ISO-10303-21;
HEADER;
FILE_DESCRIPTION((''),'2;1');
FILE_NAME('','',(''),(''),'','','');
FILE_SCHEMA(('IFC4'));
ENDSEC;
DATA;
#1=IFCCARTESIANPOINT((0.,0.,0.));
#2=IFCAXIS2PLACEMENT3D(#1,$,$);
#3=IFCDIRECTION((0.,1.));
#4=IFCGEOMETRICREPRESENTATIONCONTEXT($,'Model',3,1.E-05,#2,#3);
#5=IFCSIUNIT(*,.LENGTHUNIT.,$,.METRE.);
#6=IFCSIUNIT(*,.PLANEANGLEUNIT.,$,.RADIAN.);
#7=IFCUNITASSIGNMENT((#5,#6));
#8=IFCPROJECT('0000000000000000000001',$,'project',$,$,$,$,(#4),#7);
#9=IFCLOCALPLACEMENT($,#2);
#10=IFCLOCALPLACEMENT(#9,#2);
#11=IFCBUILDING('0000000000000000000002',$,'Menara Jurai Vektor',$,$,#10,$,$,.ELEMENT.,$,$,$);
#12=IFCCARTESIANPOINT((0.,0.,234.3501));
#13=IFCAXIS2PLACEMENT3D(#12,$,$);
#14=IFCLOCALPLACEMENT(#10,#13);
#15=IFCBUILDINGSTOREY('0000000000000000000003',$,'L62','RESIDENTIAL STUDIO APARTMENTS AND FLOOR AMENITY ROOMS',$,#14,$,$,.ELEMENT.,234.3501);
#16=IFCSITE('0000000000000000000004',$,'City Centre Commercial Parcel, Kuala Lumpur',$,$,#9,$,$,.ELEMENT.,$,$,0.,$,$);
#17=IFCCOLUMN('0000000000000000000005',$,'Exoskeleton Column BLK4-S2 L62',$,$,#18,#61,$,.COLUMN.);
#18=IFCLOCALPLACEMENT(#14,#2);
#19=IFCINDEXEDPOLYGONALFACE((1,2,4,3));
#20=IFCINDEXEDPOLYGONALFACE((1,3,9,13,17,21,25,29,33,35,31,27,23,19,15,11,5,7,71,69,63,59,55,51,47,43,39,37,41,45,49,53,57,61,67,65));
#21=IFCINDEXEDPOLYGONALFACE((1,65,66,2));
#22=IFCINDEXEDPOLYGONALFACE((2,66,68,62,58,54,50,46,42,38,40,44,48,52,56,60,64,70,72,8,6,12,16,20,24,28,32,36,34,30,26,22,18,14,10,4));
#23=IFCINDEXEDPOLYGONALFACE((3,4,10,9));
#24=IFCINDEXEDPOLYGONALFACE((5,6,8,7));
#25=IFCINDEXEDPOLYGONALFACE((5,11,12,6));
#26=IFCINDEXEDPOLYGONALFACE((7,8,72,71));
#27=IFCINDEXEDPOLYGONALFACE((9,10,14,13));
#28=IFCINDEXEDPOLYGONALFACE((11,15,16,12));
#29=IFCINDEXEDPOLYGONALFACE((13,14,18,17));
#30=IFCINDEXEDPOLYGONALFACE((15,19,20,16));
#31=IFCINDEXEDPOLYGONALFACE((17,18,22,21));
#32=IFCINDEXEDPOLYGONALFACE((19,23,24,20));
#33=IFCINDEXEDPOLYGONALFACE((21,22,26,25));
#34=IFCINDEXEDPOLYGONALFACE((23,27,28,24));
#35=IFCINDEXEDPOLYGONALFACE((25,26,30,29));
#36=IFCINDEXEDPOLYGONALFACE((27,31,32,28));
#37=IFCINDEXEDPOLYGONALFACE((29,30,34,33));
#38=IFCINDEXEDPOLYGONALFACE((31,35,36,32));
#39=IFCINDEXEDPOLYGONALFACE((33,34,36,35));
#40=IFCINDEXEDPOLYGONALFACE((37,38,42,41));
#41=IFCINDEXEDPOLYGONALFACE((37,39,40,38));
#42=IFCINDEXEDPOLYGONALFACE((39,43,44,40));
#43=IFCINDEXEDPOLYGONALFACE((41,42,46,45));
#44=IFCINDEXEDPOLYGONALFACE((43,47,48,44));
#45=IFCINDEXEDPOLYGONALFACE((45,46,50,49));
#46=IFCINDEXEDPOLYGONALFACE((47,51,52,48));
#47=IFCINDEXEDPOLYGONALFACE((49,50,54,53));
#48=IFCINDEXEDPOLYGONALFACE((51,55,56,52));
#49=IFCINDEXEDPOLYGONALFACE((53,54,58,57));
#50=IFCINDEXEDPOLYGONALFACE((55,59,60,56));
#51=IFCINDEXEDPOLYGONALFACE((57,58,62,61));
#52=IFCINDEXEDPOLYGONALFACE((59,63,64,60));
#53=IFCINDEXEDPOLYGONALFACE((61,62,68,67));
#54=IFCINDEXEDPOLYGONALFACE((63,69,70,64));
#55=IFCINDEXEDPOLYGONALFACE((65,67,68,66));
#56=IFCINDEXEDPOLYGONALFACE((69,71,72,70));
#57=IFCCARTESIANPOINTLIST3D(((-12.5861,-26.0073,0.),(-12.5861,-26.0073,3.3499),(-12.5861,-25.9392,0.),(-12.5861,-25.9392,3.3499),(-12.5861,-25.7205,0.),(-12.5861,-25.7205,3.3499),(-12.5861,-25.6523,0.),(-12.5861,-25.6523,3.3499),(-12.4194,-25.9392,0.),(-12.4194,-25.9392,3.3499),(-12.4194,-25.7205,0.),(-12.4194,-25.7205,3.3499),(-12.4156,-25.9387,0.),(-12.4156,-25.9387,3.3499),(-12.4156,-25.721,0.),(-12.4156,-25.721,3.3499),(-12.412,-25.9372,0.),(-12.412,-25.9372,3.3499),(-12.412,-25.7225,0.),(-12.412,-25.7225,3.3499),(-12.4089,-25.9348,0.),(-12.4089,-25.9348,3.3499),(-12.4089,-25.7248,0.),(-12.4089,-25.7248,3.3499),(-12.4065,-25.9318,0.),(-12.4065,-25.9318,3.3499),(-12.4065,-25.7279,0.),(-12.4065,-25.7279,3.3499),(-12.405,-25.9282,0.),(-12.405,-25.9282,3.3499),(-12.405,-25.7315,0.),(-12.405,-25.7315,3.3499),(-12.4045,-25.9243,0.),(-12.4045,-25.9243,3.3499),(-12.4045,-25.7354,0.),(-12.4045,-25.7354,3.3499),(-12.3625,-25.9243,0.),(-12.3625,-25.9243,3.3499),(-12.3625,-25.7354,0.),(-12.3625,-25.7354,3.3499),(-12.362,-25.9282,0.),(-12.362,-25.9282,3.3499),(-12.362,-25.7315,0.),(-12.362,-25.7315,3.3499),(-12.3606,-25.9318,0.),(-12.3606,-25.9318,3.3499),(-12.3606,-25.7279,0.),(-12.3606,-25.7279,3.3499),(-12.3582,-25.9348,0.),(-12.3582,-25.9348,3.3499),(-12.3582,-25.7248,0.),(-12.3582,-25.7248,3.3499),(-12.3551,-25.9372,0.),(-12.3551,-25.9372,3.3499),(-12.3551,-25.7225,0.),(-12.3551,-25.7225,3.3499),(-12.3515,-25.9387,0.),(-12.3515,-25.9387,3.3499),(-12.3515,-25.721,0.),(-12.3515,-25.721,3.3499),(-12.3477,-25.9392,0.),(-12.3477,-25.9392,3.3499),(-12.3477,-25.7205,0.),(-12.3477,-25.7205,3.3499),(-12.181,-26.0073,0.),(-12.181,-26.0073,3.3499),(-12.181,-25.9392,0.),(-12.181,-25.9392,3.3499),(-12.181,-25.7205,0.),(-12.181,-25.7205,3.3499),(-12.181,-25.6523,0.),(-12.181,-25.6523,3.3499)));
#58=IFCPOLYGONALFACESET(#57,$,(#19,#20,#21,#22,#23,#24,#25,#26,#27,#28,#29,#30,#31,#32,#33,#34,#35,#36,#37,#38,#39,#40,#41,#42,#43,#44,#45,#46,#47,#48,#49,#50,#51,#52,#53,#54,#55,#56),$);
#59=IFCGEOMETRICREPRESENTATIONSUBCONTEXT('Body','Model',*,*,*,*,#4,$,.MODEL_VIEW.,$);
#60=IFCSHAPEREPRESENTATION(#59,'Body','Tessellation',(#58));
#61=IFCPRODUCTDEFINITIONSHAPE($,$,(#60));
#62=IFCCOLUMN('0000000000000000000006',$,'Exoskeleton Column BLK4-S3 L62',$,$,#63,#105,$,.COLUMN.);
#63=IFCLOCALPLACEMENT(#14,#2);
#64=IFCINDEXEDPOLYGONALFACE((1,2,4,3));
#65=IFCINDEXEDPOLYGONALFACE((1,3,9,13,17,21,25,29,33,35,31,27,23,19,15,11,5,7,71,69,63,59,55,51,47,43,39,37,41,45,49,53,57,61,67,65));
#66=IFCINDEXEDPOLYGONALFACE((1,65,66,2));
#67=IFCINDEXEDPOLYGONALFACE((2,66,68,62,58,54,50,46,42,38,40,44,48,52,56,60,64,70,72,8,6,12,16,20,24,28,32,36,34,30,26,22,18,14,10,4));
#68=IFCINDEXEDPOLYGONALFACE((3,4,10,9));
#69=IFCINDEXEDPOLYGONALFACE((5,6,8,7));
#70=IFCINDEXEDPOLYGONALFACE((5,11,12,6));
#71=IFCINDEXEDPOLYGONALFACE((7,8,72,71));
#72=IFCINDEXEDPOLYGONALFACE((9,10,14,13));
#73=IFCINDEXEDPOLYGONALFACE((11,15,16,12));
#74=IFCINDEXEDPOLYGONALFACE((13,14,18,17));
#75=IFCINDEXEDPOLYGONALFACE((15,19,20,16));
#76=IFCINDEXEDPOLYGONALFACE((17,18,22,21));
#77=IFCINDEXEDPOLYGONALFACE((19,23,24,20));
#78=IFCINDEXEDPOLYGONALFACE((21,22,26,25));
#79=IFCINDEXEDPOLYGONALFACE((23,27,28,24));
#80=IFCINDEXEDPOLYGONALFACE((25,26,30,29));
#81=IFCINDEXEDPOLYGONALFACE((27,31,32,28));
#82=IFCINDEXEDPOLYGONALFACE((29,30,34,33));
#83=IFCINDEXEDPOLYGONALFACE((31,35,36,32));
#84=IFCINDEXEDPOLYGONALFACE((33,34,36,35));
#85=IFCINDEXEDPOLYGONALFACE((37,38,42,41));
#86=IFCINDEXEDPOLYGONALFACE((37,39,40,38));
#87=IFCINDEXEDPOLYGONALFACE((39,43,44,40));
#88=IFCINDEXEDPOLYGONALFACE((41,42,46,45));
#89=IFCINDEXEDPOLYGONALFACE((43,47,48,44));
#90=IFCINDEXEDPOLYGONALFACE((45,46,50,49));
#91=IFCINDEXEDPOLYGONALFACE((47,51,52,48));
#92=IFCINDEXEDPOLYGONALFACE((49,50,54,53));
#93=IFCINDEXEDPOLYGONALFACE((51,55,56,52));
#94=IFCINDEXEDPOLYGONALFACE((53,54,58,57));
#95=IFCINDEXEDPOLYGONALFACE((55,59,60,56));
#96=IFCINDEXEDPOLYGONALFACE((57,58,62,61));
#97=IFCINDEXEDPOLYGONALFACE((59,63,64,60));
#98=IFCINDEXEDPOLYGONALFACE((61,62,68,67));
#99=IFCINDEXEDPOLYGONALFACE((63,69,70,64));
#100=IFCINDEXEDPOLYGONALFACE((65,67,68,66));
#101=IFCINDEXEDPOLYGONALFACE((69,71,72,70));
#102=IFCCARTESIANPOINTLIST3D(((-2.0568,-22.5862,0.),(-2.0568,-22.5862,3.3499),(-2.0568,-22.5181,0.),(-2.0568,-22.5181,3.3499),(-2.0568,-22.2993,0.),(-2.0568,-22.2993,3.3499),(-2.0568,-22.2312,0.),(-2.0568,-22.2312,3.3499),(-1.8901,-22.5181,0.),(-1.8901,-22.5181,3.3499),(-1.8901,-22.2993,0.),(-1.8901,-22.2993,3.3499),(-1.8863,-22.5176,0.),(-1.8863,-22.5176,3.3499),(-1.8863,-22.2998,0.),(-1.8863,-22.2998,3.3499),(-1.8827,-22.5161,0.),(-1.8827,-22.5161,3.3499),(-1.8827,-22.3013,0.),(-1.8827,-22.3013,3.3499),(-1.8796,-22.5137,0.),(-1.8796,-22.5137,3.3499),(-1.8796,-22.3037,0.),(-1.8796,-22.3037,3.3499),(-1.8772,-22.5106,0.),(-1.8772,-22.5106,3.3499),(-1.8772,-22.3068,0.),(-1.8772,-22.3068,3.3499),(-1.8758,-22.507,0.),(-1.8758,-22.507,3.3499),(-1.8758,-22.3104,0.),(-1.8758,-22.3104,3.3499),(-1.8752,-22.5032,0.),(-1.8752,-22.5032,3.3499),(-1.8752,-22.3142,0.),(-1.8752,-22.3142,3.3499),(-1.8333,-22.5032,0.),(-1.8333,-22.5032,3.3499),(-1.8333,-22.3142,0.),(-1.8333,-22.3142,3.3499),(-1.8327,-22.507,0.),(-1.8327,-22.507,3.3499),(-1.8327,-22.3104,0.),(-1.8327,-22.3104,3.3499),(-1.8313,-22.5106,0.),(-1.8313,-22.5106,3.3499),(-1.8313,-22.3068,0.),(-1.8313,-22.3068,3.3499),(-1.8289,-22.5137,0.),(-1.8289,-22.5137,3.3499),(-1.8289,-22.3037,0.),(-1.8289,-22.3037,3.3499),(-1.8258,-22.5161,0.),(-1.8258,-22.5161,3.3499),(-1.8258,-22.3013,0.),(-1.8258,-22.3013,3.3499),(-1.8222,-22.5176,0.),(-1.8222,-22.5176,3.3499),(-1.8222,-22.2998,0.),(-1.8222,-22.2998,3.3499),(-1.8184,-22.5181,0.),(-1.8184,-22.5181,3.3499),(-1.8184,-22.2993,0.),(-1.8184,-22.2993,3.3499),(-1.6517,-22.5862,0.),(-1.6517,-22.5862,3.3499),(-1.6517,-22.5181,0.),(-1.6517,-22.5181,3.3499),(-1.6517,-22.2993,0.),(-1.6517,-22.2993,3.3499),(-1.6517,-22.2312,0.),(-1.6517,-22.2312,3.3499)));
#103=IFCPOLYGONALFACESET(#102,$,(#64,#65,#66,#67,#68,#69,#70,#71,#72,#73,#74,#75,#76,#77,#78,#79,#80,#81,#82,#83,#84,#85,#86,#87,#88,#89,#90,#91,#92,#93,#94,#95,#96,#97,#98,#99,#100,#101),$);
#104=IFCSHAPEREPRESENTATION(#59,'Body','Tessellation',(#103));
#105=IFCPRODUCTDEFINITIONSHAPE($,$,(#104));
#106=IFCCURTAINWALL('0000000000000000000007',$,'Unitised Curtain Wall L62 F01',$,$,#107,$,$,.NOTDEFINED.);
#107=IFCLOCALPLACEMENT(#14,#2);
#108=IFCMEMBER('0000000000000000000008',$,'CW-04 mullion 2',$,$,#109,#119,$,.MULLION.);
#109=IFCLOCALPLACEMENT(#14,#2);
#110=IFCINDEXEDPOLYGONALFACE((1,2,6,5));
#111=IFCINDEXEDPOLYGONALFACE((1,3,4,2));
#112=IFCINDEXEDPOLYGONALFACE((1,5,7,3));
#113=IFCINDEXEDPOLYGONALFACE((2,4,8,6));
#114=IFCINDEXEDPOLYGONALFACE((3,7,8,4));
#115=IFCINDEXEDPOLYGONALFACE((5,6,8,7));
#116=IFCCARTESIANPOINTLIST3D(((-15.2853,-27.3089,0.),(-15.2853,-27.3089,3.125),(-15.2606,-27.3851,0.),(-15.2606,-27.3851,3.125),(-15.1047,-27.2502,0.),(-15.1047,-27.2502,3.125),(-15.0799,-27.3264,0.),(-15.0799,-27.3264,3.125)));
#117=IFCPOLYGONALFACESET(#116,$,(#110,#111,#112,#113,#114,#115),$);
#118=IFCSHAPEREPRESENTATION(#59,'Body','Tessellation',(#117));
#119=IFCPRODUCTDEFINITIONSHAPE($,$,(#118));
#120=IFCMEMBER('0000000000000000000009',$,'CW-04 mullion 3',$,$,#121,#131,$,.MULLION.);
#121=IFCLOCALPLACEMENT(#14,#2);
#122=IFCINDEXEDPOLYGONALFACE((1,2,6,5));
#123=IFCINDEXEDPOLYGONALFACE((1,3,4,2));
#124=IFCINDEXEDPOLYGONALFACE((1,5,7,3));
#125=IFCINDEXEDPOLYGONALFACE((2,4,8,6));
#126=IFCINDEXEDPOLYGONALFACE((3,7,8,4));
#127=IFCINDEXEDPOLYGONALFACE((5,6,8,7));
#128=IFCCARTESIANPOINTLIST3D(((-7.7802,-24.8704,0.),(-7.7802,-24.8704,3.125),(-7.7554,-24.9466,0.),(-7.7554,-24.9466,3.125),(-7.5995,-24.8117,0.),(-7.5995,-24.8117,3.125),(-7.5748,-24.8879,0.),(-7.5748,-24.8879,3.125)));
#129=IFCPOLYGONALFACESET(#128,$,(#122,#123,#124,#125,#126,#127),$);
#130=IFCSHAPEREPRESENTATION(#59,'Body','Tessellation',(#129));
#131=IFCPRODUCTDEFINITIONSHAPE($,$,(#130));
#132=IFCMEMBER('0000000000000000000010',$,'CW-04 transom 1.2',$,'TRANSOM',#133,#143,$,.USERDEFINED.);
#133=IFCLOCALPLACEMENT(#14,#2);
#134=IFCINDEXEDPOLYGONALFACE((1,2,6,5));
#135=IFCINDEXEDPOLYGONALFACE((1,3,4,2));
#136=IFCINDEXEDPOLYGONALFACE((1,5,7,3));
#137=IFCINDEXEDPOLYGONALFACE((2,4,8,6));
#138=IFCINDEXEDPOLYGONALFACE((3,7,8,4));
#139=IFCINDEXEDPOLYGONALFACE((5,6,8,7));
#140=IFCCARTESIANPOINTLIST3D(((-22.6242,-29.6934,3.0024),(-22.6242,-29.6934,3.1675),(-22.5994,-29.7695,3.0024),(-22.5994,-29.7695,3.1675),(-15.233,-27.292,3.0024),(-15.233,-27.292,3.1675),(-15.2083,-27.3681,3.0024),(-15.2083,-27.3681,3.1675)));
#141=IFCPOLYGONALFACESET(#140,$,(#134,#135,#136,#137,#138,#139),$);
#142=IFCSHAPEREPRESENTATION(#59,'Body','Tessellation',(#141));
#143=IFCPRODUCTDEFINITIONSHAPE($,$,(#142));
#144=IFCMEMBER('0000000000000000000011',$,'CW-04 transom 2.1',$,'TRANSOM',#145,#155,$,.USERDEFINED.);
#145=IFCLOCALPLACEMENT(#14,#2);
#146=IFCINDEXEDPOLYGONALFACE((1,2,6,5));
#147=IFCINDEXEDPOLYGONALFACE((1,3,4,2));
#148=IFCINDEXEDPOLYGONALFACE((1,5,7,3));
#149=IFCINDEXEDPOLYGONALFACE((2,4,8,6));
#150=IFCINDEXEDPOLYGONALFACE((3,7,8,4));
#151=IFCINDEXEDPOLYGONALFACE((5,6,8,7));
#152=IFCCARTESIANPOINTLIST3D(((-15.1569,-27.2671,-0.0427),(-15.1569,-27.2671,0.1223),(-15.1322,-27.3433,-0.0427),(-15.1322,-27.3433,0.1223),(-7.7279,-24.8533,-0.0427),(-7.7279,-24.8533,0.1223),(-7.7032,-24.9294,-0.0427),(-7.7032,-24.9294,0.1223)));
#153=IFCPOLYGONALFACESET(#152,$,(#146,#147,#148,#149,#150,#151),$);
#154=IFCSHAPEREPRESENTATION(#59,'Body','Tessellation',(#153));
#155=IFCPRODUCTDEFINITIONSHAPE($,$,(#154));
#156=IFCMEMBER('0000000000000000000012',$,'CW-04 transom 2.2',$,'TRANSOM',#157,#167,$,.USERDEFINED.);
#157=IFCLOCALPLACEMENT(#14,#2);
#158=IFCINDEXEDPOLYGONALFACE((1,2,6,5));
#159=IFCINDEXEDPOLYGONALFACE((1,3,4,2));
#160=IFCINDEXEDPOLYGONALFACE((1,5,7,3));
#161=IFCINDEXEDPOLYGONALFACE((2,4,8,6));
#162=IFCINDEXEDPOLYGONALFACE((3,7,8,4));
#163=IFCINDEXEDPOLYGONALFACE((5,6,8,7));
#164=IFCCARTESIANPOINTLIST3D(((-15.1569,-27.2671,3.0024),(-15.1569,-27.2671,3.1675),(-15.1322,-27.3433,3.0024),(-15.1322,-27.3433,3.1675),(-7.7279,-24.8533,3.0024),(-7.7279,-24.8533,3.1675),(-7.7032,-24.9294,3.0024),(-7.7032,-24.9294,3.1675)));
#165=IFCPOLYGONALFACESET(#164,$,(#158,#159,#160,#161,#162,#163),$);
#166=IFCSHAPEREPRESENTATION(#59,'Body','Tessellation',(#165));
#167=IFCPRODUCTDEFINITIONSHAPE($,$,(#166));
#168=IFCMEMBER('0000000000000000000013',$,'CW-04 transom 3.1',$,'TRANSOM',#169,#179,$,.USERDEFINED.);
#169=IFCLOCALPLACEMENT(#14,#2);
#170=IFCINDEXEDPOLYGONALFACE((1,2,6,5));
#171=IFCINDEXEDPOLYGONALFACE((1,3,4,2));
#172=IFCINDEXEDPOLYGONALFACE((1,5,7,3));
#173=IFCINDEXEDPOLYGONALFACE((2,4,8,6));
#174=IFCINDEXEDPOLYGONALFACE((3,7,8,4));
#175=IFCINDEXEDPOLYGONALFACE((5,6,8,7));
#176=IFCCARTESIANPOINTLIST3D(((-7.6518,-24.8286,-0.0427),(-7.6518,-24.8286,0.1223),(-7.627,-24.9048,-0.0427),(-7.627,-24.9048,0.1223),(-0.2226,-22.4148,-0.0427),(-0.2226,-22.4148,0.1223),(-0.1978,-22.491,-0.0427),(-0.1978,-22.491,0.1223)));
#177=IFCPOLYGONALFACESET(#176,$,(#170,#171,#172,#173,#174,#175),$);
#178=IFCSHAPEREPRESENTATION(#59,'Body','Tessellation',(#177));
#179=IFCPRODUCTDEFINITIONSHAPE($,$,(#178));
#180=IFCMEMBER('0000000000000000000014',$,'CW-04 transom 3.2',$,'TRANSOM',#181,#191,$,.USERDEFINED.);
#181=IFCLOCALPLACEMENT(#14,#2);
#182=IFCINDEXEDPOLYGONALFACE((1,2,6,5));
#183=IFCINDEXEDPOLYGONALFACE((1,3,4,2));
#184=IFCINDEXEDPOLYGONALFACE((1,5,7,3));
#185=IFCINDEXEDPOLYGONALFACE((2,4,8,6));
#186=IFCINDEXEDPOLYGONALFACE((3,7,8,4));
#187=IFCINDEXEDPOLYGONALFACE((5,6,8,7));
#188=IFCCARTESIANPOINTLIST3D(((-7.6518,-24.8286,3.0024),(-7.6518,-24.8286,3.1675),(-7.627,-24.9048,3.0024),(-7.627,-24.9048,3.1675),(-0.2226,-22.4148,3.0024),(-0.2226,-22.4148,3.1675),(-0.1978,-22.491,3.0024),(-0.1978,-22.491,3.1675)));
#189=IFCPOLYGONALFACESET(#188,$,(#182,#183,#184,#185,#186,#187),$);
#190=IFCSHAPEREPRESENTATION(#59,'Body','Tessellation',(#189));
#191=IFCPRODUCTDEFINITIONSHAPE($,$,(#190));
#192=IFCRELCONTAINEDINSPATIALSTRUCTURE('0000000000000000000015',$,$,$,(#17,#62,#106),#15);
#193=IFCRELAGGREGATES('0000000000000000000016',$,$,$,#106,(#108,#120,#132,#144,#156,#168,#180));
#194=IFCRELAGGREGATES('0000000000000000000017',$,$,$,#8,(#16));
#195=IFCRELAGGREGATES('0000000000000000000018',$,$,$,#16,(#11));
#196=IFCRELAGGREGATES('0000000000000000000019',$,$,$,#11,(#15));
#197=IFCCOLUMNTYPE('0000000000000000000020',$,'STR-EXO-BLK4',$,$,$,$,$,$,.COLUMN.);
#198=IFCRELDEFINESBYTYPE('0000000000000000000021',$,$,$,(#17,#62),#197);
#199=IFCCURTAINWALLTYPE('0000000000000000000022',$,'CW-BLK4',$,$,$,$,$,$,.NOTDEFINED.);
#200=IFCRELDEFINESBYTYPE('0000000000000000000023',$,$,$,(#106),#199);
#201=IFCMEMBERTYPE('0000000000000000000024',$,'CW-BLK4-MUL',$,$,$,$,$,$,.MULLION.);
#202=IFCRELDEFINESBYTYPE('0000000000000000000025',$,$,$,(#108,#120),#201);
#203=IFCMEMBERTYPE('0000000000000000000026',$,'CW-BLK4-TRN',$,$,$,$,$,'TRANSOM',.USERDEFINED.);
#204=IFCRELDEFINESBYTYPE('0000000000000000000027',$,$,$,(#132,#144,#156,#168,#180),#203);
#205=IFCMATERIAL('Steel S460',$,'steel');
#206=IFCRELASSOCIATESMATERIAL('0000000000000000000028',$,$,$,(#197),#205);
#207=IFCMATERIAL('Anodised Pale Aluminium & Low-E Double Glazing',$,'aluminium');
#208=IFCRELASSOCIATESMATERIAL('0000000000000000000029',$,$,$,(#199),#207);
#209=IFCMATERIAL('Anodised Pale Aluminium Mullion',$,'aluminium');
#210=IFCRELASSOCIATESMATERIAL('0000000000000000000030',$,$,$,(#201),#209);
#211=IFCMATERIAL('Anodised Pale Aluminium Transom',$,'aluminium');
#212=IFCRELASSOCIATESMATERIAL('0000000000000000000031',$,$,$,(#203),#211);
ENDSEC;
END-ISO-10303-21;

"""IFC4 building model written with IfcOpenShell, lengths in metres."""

from ifc_helpers import new_model, si_unit, direction, frame, origin, origin_2d, place, context, subcontext, project, spatial, rectangle, i_section, extrude, material, material_profile, profile_set, type_object, element, aggregate, save


model = new_model("IFC4")

# Units and contexts
model_context = context("Model", 3, precision=1e-05, world=origin(), true_north=direction((0.0, 1.0)))
body_context = subcontext(model_context, "Body", "Model", "MODEL_VIEW")
ifc_project = project(units=[si_unit("LENGTHUNIT", "METRE"), si_unit("PLANEANGLEUNIT", "RADIAN")], contexts=[model_context])

# Site, building, storey
site_placement = place(None, origin())
site = spatial("IfcSite", under=ifc_project, at=site_placement, Name="City Centre Commercial Parcel, Kuala Lumpur", CompositionType="ELEMENT", RefElevation=0.0)
building_placement = place(site_placement, origin())
building = spatial("IfcBuilding", under=site, at=building_placement, Name="Menara Jurai Vektor", CompositionType="ELEMENT")
storey_placement = place(building_placement, frame((0.0, 0.0, 234.3501)))
storey = spatial("IfcBuildingStorey", under=building, at=storey_placement, Name="L62", Description="RESIDENTIAL STUDIO APARTMENTS AND FLOOR AMENITY ROOMS", CompositionType="ELEMENT", Elevation=234.3501)

# Columns
ifc_material_1 = material(Name="Steel S460", Category="steel")
ifc_material_profile_1 = material_profile(ifc_material_1, i_section(OverallWidth=0.405, OverallDepth=0.355, WebThickness=0.042, FlangeThickness=0.0681, FilletRadius=0.0149, at=origin_2d()), Name="HD 400x551")
ifc_profile_set_1 = profile_set([ifc_material_profile_1], Name="Steel S460")
column_type = type_object("IfcColumnType", Name="STR-EXO-BLK4", PredefinedType="COLUMN", material=ifc_profile_set_1)
for number, where, z_axis, x_axis, name in (
    (1, (-12.3835, -25.8298, 0.0), (0.0, 0.0, 1.0), (1.0, 0.0, 0.0), "Exoskeleton Column BLK4-S2 L62"),
    (2, (-1.8542, -22.4087, 0.0), (0.0, 0.0, 1.0), (1.0, 0.0, 0.0), "Exoskeleton Column BLK4-S3 L62"),
):
    element("IfcColumn", number, at=place(storey_placement, frame(where, z_axis=z_axis, x_axis=x_axis)), inside=storey, type_object=column_type, Name=name, PredefinedType="COLUMN", context=body_context, shape_type="SweptSolid", body=[
        extrude(i_section(OverallWidth=0.405, OverallDepth=0.355, WebThickness=0.042, FlangeThickness=0.0681, FilletRadius=0.0149, at=origin_2d()), origin(), (0.0, 0.0, 1.0), 3.3499),
    ])

# Curtain wall, members
ifc_material_2 = material(Name="Anodised Pale Aluminium & Low-E Double Glazing", Category="aluminium")
curtain_wall_type = type_object("IfcCurtainWallType", Name="CW-BLK4", PredefinedType="NOTDEFINED", material=ifc_material_2)
curtain_wall_placement = place(storey_placement, origin())
curtain_wall = element("IfcCurtainWall", 3, at=curtain_wall_placement, inside=storey, type_object=curtain_wall_type, Name="Unitised Curtain Wall L62 F01", PredefinedType="NOTDEFINED")
ifc_material_3 = material(Name="Anodised Pale Aluminium Mullion", Category="aluminium")
ifc_material_profile_2 = material_profile(ifc_material_3, rectangle(XDim=0.0801, YDim=0.1899, at=origin_2d()), Name="ALU MUL 80x190")
ifc_profile_set_2 = profile_set([ifc_material_profile_2], Name="Anodised Pale Aluminium Mullion")
member_type_1 = type_object("IfcMemberType", Name="CW-BLK4-MUL", PredefinedType="MULLION", material=ifc_profile_set_2)
member_1_placement = place(storey_placement, frame((-15.1826, -27.3176, 0.0), z_axis=(0.0, 0.0, 1.0), x_axis=(-0.309017, 0.951056, 0.0)))
member_1 = element("IfcMember", 4, at=member_1_placement, type_object=member_type_1, Name="CW-04 mullion 2", PredefinedType="MULLION", context=body_context, shape_type="SweptSolid", body=[
    extrude(rectangle(XDim=0.0801, YDim=0.1899, at=origin_2d()), origin(), (0.0, 0.0, 1.0), 3.125),
])
member_2_placement = place(storey_placement, frame((-7.6775, -24.8792, 0.0), z_axis=(0.0, 0.0, 1.0), x_axis=(-0.309017, 0.951056, 0.0)))
member_2 = element("IfcMember", 5, at=member_2_placement, type_object=member_type_1, Name="CW-04 mullion 3", PredefinedType="MULLION", context=body_context, shape_type="SweptSolid", body=[
    extrude(rectangle(XDim=0.0801, YDim=0.1899, at=origin_2d()), origin(), (0.0, 0.0, 1.0), 3.125),
])
ifc_material_4 = material(Name="Anodised Pale Aluminium Transom", Category="aluminium")
ifc_material_profile_3 = material_profile(ifc_material_4, rectangle(XDim=0.0801, YDim=0.165, at=origin_2d()), Name="ALU TRN 80x165")
ifc_profile_set_3 = profile_set([ifc_material_profile_3], Name="Anodised Pale Aluminium Transom")
member_type_2 = type_object("IfcMemberType", Name="CW-BLK4-TRN", ElementType="TRANSOM", PredefinedType="USERDEFINED", material=ifc_profile_set_3)
member_3_placement = place(storey_placement, frame((-22.6118, -29.7314, 3.085), z_axis=(0.951062, 0.308999, 0.0), x_axis=(-0.308999, 0.951062, 0.0)))
member_3 = element("IfcMember", 6, at=member_3_placement, type_object=member_type_2, Name="CW-04 transom 1.2", ObjectType="TRANSOM", PredefinedType="USERDEFINED", context=body_context, shape_type="SweptSolid", body=[
    extrude(rectangle(XDim=0.0801, YDim=0.165, at=origin_2d()), origin(), (0.0, 0.0, 1.0), 7.7715),
])
member_4_placement = place(storey_placement, frame((-15.1445, -27.3052, 0.0398), z_axis=(0.951056, 0.309018, 0.0), x_axis=(-0.309018, 0.951056, 0.0)))
member_4 = element("IfcMember", 7, at=member_4_placement, type_object=member_type_2, Name="CW-04 transom 2.1", ObjectType="TRANSOM", PredefinedType="USERDEFINED", context=body_context, shape_type="SweptSolid", body=[
    extrude(rectangle(XDim=0.0801, YDim=0.165, at=origin_2d()), origin(), (0.0, 0.0, 1.0), 7.8113),
])
member_5_placement = place(storey_placement, frame((-15.1445, -27.3052, 3.085), z_axis=(0.951056, 0.309018, 0.0), x_axis=(-0.309018, 0.951056, 0.0)))
member_5 = element("IfcMember", 8, at=member_5_placement, type_object=member_type_2, Name="CW-04 transom 2.2", ObjectType="TRANSOM", PredefinedType="USERDEFINED", context=body_context, shape_type="SweptSolid", body=[
    extrude(rectangle(XDim=0.0801, YDim=0.165, at=origin_2d()), origin(), (0.0, 0.0, 1.0), 7.8113),
])
member_6_placement = place(storey_placement, frame((-7.6394, -24.8667, 0.0398), z_axis=(0.951059, 0.309008, 0.0), x_axis=(-0.309008, 0.951059, 0.0)))
member_6 = element("IfcMember", 9, at=member_6_placement, type_object=member_type_2, Name="CW-04 transom 3.1", ObjectType="TRANSOM", PredefinedType="USERDEFINED", context=body_context, shape_type="SweptSolid", body=[
    extrude(rectangle(XDim=0.0801, YDim=0.165, at=origin_2d()), origin(), (0.0, 0.0, 1.0), 7.8115),
])
member_7_placement = place(storey_placement, frame((-7.6394, -24.8667, 3.085), z_axis=(0.951059, 0.309008, 0.0), x_axis=(-0.309008, 0.951059, 0.0)))
member_7 = element("IfcMember", 10, at=member_7_placement, type_object=member_type_2, Name="CW-04 transom 3.2", ObjectType="TRANSOM", PredefinedType="USERDEFINED", context=body_context, shape_type="SweptSolid", body=[
    extrude(rectangle(XDim=0.0801, YDim=0.165, at=origin_2d()), origin(), (0.0, 0.0, 1.0), 7.8115),
])

aggregate(curtain_wall, [member_1, member_2, member_3, member_4, member_5, member_6, member_7])

save(model, "model.ifc")
